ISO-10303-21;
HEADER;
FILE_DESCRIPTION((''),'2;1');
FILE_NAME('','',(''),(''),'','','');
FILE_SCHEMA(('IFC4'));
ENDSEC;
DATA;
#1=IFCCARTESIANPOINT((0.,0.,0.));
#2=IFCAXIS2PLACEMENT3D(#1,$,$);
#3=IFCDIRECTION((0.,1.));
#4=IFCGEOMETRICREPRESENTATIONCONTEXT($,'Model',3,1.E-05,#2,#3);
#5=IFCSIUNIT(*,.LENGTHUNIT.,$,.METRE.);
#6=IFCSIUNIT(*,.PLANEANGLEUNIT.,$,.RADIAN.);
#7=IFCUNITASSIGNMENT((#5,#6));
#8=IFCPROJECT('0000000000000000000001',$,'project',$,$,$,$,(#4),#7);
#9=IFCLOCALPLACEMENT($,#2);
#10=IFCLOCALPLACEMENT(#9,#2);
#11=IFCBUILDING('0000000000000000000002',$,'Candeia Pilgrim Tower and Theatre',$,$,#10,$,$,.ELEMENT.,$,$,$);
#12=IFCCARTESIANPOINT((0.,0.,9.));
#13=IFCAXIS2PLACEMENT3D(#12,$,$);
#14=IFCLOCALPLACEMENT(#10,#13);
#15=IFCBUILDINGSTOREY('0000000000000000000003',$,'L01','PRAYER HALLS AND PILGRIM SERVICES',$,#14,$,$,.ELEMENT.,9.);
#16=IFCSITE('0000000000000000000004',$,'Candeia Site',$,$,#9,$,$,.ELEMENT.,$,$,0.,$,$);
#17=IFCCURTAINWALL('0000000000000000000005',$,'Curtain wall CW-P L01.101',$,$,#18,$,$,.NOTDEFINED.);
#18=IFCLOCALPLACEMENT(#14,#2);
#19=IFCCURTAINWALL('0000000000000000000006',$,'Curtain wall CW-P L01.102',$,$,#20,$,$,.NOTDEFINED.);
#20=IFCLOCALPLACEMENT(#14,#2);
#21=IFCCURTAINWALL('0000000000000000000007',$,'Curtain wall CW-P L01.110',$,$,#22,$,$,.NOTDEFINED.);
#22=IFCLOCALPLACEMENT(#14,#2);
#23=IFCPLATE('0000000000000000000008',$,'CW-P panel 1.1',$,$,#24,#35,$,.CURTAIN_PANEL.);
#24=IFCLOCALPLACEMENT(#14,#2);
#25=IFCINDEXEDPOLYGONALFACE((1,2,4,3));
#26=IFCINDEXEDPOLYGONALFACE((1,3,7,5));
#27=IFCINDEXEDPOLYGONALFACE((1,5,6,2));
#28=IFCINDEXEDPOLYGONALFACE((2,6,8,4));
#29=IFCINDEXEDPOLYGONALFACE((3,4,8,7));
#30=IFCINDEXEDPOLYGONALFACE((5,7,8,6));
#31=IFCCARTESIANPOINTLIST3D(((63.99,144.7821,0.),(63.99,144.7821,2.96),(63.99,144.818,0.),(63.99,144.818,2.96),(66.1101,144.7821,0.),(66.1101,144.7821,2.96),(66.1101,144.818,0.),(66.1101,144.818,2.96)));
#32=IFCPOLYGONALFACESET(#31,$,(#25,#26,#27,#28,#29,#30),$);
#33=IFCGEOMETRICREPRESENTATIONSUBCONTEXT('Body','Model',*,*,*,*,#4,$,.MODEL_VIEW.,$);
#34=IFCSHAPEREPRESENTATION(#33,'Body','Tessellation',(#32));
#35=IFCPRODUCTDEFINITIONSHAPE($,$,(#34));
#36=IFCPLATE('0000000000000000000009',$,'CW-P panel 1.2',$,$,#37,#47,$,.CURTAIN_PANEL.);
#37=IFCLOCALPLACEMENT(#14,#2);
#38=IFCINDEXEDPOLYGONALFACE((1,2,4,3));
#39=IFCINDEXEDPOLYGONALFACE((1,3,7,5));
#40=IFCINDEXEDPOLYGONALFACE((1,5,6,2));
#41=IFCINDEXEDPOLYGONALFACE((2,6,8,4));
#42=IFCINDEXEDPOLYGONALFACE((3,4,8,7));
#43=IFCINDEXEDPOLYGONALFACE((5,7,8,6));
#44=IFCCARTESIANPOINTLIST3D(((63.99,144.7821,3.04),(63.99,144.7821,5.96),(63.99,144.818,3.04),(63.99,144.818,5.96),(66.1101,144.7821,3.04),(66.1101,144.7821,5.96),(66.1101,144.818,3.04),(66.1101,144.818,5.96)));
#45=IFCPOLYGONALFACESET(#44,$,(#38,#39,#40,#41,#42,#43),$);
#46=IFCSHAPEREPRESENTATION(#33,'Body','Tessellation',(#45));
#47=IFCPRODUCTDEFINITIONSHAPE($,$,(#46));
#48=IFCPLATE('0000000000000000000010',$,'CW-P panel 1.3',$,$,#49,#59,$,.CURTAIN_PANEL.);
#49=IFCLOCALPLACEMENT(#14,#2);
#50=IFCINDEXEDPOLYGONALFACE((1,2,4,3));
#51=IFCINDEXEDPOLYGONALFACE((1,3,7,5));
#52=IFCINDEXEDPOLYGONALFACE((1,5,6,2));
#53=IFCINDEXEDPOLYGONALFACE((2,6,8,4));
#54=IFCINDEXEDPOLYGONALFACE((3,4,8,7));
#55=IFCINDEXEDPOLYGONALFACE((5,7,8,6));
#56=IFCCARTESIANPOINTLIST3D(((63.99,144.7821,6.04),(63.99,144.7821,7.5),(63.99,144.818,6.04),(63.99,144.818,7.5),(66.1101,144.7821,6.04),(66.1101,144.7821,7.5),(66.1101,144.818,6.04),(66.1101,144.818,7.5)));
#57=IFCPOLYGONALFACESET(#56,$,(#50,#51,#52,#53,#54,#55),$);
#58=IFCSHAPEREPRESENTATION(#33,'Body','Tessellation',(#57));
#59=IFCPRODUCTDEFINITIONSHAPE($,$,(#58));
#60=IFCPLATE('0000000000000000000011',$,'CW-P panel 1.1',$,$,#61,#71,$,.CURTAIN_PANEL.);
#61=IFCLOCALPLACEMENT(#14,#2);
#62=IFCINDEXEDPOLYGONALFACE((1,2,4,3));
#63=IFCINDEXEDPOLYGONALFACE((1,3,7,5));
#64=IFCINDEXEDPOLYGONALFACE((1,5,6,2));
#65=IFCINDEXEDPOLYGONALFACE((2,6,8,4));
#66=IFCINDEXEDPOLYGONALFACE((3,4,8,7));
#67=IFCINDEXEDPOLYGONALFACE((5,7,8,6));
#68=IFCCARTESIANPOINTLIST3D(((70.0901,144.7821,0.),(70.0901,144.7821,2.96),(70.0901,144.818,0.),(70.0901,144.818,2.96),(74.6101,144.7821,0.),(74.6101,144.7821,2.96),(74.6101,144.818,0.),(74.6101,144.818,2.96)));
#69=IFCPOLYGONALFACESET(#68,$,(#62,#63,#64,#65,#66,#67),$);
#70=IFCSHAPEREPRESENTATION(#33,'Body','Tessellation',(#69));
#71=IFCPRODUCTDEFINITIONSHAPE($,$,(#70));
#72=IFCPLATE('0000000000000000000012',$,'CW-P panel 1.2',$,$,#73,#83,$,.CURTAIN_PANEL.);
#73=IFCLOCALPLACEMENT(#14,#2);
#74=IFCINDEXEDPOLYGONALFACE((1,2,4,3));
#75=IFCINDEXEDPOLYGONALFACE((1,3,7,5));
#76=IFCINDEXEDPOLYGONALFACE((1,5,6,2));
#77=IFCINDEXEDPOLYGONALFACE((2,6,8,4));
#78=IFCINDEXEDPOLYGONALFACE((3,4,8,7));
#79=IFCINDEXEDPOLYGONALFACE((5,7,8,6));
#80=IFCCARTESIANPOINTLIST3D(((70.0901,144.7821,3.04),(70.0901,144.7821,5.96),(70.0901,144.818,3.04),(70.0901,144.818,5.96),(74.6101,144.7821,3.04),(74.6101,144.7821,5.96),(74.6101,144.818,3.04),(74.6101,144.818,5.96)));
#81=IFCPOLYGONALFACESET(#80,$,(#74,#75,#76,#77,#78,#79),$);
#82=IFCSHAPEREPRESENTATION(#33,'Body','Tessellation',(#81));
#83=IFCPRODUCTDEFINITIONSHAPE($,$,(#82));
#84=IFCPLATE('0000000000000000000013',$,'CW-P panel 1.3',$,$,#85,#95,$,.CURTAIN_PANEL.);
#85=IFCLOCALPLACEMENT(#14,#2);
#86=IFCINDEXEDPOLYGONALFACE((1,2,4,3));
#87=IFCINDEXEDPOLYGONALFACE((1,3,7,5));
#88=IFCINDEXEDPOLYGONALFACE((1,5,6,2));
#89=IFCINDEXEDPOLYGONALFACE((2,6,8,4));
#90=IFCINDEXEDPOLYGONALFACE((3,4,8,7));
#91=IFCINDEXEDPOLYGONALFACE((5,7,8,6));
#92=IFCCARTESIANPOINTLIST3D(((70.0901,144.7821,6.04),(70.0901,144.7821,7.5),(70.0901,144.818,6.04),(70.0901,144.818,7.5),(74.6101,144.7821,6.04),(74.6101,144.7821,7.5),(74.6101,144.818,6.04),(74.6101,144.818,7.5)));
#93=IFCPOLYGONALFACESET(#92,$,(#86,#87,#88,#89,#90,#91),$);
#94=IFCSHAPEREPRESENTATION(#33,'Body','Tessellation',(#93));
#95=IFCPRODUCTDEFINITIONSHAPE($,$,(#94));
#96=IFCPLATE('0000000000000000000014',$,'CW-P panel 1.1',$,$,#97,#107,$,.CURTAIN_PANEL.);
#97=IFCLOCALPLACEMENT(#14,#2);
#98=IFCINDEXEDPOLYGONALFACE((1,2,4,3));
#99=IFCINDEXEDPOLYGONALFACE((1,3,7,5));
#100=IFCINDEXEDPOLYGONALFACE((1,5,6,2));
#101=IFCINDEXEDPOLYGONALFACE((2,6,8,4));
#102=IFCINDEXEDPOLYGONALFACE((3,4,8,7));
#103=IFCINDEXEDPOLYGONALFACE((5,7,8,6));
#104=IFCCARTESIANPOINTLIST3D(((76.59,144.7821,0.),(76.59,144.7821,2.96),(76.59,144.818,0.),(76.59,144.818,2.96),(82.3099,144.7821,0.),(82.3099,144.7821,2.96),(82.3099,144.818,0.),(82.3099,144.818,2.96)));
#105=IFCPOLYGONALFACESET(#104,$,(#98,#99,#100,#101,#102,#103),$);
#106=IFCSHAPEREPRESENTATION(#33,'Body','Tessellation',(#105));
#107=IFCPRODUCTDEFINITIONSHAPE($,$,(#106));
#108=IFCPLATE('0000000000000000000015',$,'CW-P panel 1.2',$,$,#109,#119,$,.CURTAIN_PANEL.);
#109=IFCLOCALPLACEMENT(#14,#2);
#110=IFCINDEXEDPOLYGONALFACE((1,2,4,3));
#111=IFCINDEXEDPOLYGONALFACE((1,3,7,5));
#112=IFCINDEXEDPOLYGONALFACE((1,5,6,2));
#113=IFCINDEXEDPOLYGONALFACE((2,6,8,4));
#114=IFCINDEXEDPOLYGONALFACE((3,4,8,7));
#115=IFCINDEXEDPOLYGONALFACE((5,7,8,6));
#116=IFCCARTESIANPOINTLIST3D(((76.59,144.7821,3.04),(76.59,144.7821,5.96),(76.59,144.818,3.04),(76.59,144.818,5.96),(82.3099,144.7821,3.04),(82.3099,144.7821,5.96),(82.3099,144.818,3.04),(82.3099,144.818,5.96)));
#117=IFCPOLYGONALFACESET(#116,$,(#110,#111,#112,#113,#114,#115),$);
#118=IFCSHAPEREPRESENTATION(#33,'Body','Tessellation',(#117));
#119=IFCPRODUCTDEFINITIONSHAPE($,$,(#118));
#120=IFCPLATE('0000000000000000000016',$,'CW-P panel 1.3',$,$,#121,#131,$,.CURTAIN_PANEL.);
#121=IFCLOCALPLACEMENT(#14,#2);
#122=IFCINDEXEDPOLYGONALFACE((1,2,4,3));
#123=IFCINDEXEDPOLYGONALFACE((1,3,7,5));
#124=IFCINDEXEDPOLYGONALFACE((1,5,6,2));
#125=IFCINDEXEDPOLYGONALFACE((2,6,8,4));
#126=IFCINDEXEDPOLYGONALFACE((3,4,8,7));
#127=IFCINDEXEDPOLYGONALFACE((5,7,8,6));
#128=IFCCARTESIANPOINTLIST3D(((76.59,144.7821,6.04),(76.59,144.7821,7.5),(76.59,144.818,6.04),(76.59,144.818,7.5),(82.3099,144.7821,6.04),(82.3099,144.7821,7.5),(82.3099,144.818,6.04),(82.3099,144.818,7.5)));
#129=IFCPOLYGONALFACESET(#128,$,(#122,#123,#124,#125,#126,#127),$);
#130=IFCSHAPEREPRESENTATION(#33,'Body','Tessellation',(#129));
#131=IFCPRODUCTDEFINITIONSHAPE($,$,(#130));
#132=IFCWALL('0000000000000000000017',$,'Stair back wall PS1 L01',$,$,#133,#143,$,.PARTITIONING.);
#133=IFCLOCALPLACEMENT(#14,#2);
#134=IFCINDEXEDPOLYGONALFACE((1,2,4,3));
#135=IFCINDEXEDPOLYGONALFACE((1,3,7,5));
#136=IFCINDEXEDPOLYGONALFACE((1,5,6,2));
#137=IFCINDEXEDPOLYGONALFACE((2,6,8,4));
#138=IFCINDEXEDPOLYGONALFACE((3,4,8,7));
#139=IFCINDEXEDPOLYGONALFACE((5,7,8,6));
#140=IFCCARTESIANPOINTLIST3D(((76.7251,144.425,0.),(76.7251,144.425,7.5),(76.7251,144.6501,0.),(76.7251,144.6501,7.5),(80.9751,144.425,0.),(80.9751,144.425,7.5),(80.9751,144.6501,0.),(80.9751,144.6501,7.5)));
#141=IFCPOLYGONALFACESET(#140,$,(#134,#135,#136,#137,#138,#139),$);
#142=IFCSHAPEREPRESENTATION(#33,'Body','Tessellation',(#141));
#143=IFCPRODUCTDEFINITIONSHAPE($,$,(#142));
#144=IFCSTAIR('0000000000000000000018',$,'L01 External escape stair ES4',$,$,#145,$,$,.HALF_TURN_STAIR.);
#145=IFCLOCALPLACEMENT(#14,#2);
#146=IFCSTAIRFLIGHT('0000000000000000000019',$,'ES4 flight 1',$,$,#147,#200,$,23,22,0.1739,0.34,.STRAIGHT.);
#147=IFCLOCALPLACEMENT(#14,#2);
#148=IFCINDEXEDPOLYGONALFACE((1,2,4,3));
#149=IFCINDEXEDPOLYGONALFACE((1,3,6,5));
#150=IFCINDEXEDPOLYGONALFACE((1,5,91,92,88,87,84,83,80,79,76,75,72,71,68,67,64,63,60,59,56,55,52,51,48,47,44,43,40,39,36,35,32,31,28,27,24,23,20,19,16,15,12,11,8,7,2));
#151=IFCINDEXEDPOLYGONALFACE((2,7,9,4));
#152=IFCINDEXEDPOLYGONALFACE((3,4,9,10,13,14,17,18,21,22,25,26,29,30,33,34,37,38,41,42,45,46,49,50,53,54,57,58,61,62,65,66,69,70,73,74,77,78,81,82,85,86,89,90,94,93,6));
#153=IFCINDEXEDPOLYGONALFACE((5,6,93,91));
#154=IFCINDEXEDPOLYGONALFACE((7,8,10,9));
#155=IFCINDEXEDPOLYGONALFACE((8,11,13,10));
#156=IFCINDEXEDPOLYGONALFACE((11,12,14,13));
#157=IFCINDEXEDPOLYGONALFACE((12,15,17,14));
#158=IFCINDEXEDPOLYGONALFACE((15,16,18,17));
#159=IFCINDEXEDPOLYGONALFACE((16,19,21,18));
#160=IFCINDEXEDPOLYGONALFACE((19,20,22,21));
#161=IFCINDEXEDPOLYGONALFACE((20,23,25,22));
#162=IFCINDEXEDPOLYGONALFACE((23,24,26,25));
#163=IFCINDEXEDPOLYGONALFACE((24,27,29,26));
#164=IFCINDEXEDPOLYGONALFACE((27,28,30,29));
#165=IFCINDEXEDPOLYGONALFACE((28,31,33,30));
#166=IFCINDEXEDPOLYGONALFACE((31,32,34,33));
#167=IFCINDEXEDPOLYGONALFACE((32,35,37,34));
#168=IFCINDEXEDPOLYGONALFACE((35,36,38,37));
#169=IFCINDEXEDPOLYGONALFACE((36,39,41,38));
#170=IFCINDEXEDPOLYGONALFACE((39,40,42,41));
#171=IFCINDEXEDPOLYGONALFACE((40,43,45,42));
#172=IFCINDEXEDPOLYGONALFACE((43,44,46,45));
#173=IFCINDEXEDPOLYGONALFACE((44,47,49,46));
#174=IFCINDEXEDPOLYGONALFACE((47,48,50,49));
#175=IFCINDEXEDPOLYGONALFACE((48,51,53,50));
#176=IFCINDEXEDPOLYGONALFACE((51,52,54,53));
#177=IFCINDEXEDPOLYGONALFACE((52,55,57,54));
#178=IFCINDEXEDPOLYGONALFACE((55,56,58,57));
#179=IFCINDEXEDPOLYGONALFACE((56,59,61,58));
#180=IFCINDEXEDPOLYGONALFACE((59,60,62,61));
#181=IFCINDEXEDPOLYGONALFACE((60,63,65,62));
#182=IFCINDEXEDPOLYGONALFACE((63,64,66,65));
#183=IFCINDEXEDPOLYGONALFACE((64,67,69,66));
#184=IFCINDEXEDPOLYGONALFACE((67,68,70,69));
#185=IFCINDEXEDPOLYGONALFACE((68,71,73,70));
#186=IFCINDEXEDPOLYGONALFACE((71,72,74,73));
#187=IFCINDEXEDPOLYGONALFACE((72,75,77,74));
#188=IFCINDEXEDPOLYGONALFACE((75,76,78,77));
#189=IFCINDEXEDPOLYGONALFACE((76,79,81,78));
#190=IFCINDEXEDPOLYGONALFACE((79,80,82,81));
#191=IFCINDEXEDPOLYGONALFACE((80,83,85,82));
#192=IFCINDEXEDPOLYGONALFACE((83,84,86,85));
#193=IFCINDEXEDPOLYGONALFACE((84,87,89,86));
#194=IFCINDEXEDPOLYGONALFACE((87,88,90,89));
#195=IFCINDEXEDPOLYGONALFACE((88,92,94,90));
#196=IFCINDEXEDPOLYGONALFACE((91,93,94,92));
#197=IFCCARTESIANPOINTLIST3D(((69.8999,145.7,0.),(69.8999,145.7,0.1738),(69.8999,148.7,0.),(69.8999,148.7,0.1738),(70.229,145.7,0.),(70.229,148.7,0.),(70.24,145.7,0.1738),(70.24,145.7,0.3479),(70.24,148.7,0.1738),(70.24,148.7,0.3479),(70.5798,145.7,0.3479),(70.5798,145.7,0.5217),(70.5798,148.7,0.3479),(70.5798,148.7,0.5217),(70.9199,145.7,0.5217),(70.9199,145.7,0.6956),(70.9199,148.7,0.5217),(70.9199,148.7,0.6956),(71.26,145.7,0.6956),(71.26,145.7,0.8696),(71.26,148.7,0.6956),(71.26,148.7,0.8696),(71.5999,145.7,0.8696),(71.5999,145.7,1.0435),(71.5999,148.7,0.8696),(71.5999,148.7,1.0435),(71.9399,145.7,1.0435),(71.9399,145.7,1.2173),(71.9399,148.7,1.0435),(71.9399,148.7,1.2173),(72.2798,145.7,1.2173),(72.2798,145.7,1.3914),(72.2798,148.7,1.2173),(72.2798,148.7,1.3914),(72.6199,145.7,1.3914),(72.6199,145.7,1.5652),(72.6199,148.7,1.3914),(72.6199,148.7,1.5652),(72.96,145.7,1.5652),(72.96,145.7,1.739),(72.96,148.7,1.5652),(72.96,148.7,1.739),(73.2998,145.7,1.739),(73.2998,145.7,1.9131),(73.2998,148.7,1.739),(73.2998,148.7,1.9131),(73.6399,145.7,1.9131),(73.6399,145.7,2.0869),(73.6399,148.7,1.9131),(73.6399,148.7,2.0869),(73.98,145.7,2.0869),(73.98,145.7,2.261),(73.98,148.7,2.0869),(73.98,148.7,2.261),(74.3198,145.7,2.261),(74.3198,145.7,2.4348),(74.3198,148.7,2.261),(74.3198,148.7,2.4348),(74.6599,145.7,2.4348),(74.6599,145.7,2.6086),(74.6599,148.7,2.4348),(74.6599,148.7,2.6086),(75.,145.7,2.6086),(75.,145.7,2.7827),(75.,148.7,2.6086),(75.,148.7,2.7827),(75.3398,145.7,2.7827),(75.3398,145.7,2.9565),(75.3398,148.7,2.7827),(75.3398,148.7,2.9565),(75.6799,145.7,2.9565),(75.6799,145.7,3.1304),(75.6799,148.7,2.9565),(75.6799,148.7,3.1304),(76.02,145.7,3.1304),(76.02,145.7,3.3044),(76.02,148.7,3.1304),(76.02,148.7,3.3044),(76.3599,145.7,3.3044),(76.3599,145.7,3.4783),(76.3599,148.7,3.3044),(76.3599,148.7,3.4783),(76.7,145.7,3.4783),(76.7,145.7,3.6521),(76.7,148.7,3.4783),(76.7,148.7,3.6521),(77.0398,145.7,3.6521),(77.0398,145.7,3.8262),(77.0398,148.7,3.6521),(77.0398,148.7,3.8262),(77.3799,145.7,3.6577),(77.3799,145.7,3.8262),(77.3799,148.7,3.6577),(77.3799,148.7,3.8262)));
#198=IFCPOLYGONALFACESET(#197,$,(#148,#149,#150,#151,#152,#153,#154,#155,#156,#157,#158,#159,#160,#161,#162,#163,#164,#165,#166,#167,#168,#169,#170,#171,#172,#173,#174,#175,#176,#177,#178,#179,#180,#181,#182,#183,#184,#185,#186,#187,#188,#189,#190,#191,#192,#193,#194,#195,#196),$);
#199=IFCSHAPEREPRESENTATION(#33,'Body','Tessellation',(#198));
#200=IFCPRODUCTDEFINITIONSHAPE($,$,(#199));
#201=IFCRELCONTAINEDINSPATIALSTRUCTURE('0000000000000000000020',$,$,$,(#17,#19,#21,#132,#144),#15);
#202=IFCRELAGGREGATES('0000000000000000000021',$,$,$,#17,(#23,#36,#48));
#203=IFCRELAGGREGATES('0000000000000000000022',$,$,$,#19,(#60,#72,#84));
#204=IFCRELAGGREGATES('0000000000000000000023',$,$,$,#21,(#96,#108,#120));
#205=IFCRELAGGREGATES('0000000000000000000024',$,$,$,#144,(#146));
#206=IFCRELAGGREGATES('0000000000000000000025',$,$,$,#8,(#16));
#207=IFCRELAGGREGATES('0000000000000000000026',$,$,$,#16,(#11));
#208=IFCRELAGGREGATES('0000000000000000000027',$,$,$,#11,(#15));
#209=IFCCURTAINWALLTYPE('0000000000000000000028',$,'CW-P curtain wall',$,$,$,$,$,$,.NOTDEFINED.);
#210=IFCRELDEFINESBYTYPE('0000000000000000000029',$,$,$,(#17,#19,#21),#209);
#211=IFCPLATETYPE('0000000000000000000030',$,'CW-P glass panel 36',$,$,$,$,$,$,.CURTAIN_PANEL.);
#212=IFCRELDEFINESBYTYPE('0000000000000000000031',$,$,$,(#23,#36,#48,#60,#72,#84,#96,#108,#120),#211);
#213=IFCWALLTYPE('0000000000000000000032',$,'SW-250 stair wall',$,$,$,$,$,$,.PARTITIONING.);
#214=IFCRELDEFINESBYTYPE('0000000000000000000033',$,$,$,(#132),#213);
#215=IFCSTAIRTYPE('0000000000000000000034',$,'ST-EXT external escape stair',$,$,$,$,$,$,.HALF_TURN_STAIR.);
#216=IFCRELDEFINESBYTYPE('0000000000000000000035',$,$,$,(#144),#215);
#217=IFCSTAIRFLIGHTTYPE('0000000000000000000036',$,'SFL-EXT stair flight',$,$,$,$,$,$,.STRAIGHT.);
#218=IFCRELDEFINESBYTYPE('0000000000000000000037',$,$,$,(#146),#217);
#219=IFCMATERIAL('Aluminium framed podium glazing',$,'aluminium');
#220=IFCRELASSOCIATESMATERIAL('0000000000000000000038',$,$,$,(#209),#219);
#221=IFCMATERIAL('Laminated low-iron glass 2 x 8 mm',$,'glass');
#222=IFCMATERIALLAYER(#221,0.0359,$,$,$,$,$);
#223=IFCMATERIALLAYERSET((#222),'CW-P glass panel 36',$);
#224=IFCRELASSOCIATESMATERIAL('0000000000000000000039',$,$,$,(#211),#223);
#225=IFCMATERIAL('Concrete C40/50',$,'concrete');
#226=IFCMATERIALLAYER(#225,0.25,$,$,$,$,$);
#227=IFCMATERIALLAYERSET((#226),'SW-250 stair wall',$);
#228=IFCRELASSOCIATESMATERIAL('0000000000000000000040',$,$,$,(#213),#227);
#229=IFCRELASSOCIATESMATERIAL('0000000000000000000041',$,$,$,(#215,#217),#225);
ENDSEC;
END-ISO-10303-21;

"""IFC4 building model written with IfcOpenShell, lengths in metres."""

from ifc_helpers import new_model, si_unit, direction, frame, frame_2d, origin, origin_2d, place, context, subcontext, project, spatial, polyline, rectangle, outline, extrude, material, layer, layer_set, type_object, element, aggregate, save


model = new_model("IFC4")

# Units and contexts
model_context = context("Model", 3, precision=1e-05, world=origin(), true_north=direction((0.0, 1.0)))
body_context = subcontext(model_context, "Body", "Model", "MODEL_VIEW")
ifc_project = project(units=[si_unit("LENGTHUNIT", "METRE"), si_unit("PLANEANGLEUNIT", "RADIAN")], contexts=[model_context])

# Site, building, storey
site_placement = place(None, origin())
site = spatial("IfcSite", under=ifc_project, at=site_placement, Name="Candeia Site", CompositionType="ELEMENT", RefElevation=0.0)
building_placement = place(site_placement, origin())
building = spatial("IfcBuilding", under=site, at=building_placement, Name="Candeia Pilgrim Tower and Theatre", CompositionType="ELEMENT")
storey_placement = place(building_placement, frame((0.0, 0.0, 9.0)))
storey = spatial("IfcBuildingStorey", under=building, at=storey_placement, Name="L01", Description="PRAYER HALLS AND PILGRIM SERVICES", CompositionType="ELEMENT", Elevation=9.0)

# Shared definitions
ifc_material_1 = material(Name="Concrete C40/50", Category="concrete")

# Curtain wall
ifc_material_2 = material(Name="Aluminium framed podium glazing", Category="aluminium")
curtain_wall_type = type_object("IfcCurtainWallType", Name="CW-P curtain wall", PredefinedType="NOTDEFINED", material=ifc_material_2)
curtain_wall_1_placement = place(storey_placement, origin())
curtain_wall_1 = element("IfcCurtainWall", 1, at=curtain_wall_1_placement, inside=storey, type_object=curtain_wall_type, Name="Curtain wall CW-P L01.101", PredefinedType="NOTDEFINED")

# Curtain wall
curtain_wall_2_placement = place(storey_placement, origin())
curtain_wall_2 = element("IfcCurtainWall", 2, at=curtain_wall_2_placement, inside=storey, type_object=curtain_wall_type, Name="Curtain wall CW-P L01.102", PredefinedType="NOTDEFINED")

# Curtain wall
curtain_wall_3_placement = place(storey_placement, origin())
curtain_wall_3 = element("IfcCurtainWall", 3, at=curtain_wall_3_placement, inside=storey, type_object=curtain_wall_type, Name="Curtain wall CW-P L01.110", PredefinedType="NOTDEFINED")

# Plates
ifc_material_3 = material(Name="Laminated low-iron glass 2 x 8 mm", Category="glass")
ifc_layer_1 = layer(ifc_material_3, 0.0359)
ifc_layer_set_1 = layer_set([ifc_layer_1], Name="CW-P glass panel 36")
plate_type = type_object("IfcPlateType", Name="CW-P glass panel 36", PredefinedType="CURTAIN_PANEL", material=ifc_layer_set_1)
plate_1_placement = place(storey_placement, frame((65.05, 144.8, 0.0), z_axis=(0.0, 0.0, 1.0), x_axis=(1.0, 0.0, 0.0)))
plate_1 = element("IfcPlate", 4, at=plate_1_placement, type_object=plate_type, Name="CW-P panel 1.1", PredefinedType="CURTAIN_PANEL", context=body_context, shape_type="SweptSolid", body=[
    extrude(rectangle(XDim=2.1201, YDim=0.0359, at=origin_2d()), origin(), (0.0, 0.0, 1.0), 2.96),
])
plate_2_placement = place(storey_placement, frame((65.05, 144.8, 3.04), z_axis=(0.0, 0.0, 1.0), x_axis=(1.0, 0.0, 0.0)))
plate_2 = element("IfcPlate", 5, at=plate_2_placement, type_object=plate_type, Name="CW-P panel 1.2", PredefinedType="CURTAIN_PANEL", context=body_context, shape_type="SweptSolid", body=[
    extrude(rectangle(XDim=2.1201, YDim=0.0359, at=origin_2d()), origin(), (0.0, 0.0, 1.0), 2.9199),
])
plate_3_placement = place(storey_placement, frame((65.05, 144.8, 6.04), z_axis=(0.0, 0.0, 1.0), x_axis=(1.0, 0.0, 0.0)))
plate_3 = element("IfcPlate", 6, at=plate_3_placement, type_object=plate_type, Name="CW-P panel 1.3", PredefinedType="CURTAIN_PANEL", context=body_context, shape_type="SweptSolid", body=[
    extrude(rectangle(XDim=2.1201, YDim=0.0359, at=origin_2d()), origin(), (0.0, 0.0, 1.0), 1.46),
])
aggregate(curtain_wall_1, [plate_1, plate_2, plate_3])
plate_4_placement = place(storey_placement, frame((72.3501, 144.8, 0.0), z_axis=(0.0, 0.0, 1.0), x_axis=(1.0, 0.0, 0.0)))
plate_4 = element("IfcPlate", 7, at=plate_4_placement, type_object=plate_type, Name="CW-P panel 1.1", PredefinedType="CURTAIN_PANEL", context=body_context, shape_type="SweptSolid", body=[
    extrude(rectangle(XDim=4.52, YDim=0.0359, at=origin_2d()), origin(), (0.0, 0.0, 1.0), 2.96),
])
plate_5_placement = place(storey_placement, frame((72.3501, 144.8, 3.04), z_axis=(0.0, 0.0, 1.0), x_axis=(1.0, 0.0, 0.0)))
plate_5 = element("IfcPlate", 8, at=plate_5_placement, type_object=plate_type, Name="CW-P panel 1.2", PredefinedType="CURTAIN_PANEL", context=body_context, shape_type="SweptSolid", body=[
    extrude(rectangle(XDim=4.52, YDim=0.0359, at=origin_2d()), origin(), (0.0, 0.0, 1.0), 2.9199),
])
plate_6_placement = place(storey_placement, frame((72.3501, 144.8, 6.04), z_axis=(0.0, 0.0, 1.0), x_axis=(1.0, 0.0, 0.0)))
plate_6 = element("IfcPlate", 9, at=plate_6_placement, type_object=plate_type, Name="CW-P panel 1.3", PredefinedType="CURTAIN_PANEL", context=body_context, shape_type="SweptSolid", body=[
    extrude(rectangle(XDim=4.52, YDim=0.0359, at=origin_2d()), origin(), (0.0, 0.0, 1.0), 1.46),
])
aggregate(curtain_wall_2, [plate_4, plate_5, plate_6])
plate_7_placement = place(storey_placement, frame((79.45, 144.8, 0.0), z_axis=(0.0, 0.0, 1.0), x_axis=(1.0, 0.0, 0.0)))
plate_7 = element("IfcPlate", 10, at=plate_7_placement, type_object=plate_type, Name="CW-P panel 1.1", PredefinedType="CURTAIN_PANEL", context=body_context, shape_type="SweptSolid", body=[
    extrude(rectangle(XDim=5.72, YDim=0.0359, at=origin_2d()), origin(), (0.0, 0.0, 1.0), 2.96),
])
plate_8_placement = place(storey_placement, frame((79.45, 144.8, 3.04), z_axis=(0.0, 0.0, 1.0), x_axis=(1.0, 0.0, 0.0)))
plate_8 = element("IfcPlate", 11, at=plate_8_placement, type_object=plate_type, Name="CW-P panel 1.2", PredefinedType="CURTAIN_PANEL", context=body_context, shape_type="SweptSolid", body=[
    extrude(rectangle(XDim=5.72, YDim=0.0359, at=origin_2d()), origin(), (0.0, 0.0, 1.0), 2.9199),
])
plate_9_placement = place(storey_placement, frame((79.45, 144.8, 6.04), z_axis=(0.0, 0.0, 1.0), x_axis=(1.0, 0.0, 0.0)))
plate_9 = element("IfcPlate", 12, at=plate_9_placement, type_object=plate_type, Name="CW-P panel 1.3", PredefinedType="CURTAIN_PANEL", context=body_context, shape_type="SweptSolid", body=[
    extrude(rectangle(XDim=5.72, YDim=0.0359, at=origin_2d()), origin(), (0.0, 0.0, 1.0), 1.46),
])
aggregate(curtain_wall_3, [plate_7, plate_8, plate_9])

# Wall
ifc_layer_2 = layer(ifc_material_1, 0.25)
ifc_layer_set_2 = layer_set([ifc_layer_2], Name="SW-250 stair wall")
wall_type_1 = type_object("IfcWallType", Name="SW-250 stair wall", PredefinedType="PARTITIONING", material=ifc_layer_set_2)
wall_1_placement = place(storey_placement, frame((76.7251, 144.5376, 0.0), z_axis=(0.0, 0.0, 1.0), x_axis=(1.0, 0.0, 0.0)))
element("IfcWall", 13, at=wall_1_placement, inside=storey, type_object=wall_type_1, Name="Stair back wall PS1 L01", PredefinedType="PARTITIONING", context=body_context, shape_type="SweptSolid", body=[
    extrude(rectangle(XDim=4.25, YDim=0.2251, at=frame_2d((2.125, 0.0))), origin(), (0.0, 0.0, 1.0), 7.5),
])

# Stair, stair flight
stair_type = type_object("IfcStairType", Name="ST-EXT external escape stair", PredefinedType="HALF_TURN_STAIR", material=ifc_material_1)
stair_placement = place(storey_placement, origin())
stair = element("IfcStair", 14, at=stair_placement, inside=storey, type_object=stair_type, Name="L01 External escape stair ES4", PredefinedType="HALF_TURN_STAIR")
stair_flight_type = type_object("IfcStairFlightType", Name="SFL-EXT stair flight", PredefinedType="STRAIGHT", material=ifc_material_1)
stair_flight_1_placement = place(storey_placement, frame((69.8999, 147.2, 0.0), z_axis=(0.0, 0.0, 1.0), x_axis=(1.0, 0.0, 0.0)))
stair_flight_1 = element("IfcStairFlight", 15, at=stair_flight_1_placement, type_object=stair_flight_type, Name="ES4 flight 1", NumberOfRisers=23, NumberOfTreads=22, PredefinedType="STRAIGHT", RiserHeight=0.1739, TreadLength=0.34, context=body_context, shape_type="SweptSolid", body=[
    extrude(outline(polyline([(0.0, 0.0), (0.0, 0.1738), (0.3401, 0.1738), (0.3401, 0.3479), (0.6799, 0.3479), (0.6799, 0.5217), (1.02, 0.5217), (1.02, 0.6956), (1.3601, 0.6956), (1.3601, 0.8696), (1.7, 0.8696), (1.7, 1.0435), (2.04, 1.0435), (2.04, 1.2173), (2.3799, 1.2173), (2.3799, 1.3914), (2.72, 1.3914), (2.72, 1.5652), (3.0601, 1.5652), (3.0601, 1.739), (3.3999, 1.739), (3.3999, 1.9131), (3.74, 1.9131), (3.74, 2.0869), (4.0801, 2.0869), (4.0801, 2.261), (4.4199, 2.261), (4.4199, 2.4348), (4.76, 2.4348), (4.76, 2.6086), (5.1001, 2.6086), (5.1001, 2.7827), (5.4399, 2.7827), (5.4399, 2.9565), (5.78, 2.9565), (5.78, 3.1304), (6.1201, 3.1304), (6.1201, 3.3044), (6.46, 3.3044), (6.46, 3.4783), (6.8, 3.4783), (6.8, 3.6521), (7.1399, 3.6521), (7.1399, 3.8262), (7.48, 3.8262), (7.48, 4.0), (7.48, 3.6577), (0.3291, 0.0), (0.0, 0.0)])), frame((0.0, 1.5, 0.0), z_axis=(0.0, -1.0, 0.0), x_axis=(1.0, 0.0, 0.0)), (0.0, 0.0, 1.0), 3.0),
])
aggregate(stair, [stair_flight_1])

save(model, "model.ifc")
